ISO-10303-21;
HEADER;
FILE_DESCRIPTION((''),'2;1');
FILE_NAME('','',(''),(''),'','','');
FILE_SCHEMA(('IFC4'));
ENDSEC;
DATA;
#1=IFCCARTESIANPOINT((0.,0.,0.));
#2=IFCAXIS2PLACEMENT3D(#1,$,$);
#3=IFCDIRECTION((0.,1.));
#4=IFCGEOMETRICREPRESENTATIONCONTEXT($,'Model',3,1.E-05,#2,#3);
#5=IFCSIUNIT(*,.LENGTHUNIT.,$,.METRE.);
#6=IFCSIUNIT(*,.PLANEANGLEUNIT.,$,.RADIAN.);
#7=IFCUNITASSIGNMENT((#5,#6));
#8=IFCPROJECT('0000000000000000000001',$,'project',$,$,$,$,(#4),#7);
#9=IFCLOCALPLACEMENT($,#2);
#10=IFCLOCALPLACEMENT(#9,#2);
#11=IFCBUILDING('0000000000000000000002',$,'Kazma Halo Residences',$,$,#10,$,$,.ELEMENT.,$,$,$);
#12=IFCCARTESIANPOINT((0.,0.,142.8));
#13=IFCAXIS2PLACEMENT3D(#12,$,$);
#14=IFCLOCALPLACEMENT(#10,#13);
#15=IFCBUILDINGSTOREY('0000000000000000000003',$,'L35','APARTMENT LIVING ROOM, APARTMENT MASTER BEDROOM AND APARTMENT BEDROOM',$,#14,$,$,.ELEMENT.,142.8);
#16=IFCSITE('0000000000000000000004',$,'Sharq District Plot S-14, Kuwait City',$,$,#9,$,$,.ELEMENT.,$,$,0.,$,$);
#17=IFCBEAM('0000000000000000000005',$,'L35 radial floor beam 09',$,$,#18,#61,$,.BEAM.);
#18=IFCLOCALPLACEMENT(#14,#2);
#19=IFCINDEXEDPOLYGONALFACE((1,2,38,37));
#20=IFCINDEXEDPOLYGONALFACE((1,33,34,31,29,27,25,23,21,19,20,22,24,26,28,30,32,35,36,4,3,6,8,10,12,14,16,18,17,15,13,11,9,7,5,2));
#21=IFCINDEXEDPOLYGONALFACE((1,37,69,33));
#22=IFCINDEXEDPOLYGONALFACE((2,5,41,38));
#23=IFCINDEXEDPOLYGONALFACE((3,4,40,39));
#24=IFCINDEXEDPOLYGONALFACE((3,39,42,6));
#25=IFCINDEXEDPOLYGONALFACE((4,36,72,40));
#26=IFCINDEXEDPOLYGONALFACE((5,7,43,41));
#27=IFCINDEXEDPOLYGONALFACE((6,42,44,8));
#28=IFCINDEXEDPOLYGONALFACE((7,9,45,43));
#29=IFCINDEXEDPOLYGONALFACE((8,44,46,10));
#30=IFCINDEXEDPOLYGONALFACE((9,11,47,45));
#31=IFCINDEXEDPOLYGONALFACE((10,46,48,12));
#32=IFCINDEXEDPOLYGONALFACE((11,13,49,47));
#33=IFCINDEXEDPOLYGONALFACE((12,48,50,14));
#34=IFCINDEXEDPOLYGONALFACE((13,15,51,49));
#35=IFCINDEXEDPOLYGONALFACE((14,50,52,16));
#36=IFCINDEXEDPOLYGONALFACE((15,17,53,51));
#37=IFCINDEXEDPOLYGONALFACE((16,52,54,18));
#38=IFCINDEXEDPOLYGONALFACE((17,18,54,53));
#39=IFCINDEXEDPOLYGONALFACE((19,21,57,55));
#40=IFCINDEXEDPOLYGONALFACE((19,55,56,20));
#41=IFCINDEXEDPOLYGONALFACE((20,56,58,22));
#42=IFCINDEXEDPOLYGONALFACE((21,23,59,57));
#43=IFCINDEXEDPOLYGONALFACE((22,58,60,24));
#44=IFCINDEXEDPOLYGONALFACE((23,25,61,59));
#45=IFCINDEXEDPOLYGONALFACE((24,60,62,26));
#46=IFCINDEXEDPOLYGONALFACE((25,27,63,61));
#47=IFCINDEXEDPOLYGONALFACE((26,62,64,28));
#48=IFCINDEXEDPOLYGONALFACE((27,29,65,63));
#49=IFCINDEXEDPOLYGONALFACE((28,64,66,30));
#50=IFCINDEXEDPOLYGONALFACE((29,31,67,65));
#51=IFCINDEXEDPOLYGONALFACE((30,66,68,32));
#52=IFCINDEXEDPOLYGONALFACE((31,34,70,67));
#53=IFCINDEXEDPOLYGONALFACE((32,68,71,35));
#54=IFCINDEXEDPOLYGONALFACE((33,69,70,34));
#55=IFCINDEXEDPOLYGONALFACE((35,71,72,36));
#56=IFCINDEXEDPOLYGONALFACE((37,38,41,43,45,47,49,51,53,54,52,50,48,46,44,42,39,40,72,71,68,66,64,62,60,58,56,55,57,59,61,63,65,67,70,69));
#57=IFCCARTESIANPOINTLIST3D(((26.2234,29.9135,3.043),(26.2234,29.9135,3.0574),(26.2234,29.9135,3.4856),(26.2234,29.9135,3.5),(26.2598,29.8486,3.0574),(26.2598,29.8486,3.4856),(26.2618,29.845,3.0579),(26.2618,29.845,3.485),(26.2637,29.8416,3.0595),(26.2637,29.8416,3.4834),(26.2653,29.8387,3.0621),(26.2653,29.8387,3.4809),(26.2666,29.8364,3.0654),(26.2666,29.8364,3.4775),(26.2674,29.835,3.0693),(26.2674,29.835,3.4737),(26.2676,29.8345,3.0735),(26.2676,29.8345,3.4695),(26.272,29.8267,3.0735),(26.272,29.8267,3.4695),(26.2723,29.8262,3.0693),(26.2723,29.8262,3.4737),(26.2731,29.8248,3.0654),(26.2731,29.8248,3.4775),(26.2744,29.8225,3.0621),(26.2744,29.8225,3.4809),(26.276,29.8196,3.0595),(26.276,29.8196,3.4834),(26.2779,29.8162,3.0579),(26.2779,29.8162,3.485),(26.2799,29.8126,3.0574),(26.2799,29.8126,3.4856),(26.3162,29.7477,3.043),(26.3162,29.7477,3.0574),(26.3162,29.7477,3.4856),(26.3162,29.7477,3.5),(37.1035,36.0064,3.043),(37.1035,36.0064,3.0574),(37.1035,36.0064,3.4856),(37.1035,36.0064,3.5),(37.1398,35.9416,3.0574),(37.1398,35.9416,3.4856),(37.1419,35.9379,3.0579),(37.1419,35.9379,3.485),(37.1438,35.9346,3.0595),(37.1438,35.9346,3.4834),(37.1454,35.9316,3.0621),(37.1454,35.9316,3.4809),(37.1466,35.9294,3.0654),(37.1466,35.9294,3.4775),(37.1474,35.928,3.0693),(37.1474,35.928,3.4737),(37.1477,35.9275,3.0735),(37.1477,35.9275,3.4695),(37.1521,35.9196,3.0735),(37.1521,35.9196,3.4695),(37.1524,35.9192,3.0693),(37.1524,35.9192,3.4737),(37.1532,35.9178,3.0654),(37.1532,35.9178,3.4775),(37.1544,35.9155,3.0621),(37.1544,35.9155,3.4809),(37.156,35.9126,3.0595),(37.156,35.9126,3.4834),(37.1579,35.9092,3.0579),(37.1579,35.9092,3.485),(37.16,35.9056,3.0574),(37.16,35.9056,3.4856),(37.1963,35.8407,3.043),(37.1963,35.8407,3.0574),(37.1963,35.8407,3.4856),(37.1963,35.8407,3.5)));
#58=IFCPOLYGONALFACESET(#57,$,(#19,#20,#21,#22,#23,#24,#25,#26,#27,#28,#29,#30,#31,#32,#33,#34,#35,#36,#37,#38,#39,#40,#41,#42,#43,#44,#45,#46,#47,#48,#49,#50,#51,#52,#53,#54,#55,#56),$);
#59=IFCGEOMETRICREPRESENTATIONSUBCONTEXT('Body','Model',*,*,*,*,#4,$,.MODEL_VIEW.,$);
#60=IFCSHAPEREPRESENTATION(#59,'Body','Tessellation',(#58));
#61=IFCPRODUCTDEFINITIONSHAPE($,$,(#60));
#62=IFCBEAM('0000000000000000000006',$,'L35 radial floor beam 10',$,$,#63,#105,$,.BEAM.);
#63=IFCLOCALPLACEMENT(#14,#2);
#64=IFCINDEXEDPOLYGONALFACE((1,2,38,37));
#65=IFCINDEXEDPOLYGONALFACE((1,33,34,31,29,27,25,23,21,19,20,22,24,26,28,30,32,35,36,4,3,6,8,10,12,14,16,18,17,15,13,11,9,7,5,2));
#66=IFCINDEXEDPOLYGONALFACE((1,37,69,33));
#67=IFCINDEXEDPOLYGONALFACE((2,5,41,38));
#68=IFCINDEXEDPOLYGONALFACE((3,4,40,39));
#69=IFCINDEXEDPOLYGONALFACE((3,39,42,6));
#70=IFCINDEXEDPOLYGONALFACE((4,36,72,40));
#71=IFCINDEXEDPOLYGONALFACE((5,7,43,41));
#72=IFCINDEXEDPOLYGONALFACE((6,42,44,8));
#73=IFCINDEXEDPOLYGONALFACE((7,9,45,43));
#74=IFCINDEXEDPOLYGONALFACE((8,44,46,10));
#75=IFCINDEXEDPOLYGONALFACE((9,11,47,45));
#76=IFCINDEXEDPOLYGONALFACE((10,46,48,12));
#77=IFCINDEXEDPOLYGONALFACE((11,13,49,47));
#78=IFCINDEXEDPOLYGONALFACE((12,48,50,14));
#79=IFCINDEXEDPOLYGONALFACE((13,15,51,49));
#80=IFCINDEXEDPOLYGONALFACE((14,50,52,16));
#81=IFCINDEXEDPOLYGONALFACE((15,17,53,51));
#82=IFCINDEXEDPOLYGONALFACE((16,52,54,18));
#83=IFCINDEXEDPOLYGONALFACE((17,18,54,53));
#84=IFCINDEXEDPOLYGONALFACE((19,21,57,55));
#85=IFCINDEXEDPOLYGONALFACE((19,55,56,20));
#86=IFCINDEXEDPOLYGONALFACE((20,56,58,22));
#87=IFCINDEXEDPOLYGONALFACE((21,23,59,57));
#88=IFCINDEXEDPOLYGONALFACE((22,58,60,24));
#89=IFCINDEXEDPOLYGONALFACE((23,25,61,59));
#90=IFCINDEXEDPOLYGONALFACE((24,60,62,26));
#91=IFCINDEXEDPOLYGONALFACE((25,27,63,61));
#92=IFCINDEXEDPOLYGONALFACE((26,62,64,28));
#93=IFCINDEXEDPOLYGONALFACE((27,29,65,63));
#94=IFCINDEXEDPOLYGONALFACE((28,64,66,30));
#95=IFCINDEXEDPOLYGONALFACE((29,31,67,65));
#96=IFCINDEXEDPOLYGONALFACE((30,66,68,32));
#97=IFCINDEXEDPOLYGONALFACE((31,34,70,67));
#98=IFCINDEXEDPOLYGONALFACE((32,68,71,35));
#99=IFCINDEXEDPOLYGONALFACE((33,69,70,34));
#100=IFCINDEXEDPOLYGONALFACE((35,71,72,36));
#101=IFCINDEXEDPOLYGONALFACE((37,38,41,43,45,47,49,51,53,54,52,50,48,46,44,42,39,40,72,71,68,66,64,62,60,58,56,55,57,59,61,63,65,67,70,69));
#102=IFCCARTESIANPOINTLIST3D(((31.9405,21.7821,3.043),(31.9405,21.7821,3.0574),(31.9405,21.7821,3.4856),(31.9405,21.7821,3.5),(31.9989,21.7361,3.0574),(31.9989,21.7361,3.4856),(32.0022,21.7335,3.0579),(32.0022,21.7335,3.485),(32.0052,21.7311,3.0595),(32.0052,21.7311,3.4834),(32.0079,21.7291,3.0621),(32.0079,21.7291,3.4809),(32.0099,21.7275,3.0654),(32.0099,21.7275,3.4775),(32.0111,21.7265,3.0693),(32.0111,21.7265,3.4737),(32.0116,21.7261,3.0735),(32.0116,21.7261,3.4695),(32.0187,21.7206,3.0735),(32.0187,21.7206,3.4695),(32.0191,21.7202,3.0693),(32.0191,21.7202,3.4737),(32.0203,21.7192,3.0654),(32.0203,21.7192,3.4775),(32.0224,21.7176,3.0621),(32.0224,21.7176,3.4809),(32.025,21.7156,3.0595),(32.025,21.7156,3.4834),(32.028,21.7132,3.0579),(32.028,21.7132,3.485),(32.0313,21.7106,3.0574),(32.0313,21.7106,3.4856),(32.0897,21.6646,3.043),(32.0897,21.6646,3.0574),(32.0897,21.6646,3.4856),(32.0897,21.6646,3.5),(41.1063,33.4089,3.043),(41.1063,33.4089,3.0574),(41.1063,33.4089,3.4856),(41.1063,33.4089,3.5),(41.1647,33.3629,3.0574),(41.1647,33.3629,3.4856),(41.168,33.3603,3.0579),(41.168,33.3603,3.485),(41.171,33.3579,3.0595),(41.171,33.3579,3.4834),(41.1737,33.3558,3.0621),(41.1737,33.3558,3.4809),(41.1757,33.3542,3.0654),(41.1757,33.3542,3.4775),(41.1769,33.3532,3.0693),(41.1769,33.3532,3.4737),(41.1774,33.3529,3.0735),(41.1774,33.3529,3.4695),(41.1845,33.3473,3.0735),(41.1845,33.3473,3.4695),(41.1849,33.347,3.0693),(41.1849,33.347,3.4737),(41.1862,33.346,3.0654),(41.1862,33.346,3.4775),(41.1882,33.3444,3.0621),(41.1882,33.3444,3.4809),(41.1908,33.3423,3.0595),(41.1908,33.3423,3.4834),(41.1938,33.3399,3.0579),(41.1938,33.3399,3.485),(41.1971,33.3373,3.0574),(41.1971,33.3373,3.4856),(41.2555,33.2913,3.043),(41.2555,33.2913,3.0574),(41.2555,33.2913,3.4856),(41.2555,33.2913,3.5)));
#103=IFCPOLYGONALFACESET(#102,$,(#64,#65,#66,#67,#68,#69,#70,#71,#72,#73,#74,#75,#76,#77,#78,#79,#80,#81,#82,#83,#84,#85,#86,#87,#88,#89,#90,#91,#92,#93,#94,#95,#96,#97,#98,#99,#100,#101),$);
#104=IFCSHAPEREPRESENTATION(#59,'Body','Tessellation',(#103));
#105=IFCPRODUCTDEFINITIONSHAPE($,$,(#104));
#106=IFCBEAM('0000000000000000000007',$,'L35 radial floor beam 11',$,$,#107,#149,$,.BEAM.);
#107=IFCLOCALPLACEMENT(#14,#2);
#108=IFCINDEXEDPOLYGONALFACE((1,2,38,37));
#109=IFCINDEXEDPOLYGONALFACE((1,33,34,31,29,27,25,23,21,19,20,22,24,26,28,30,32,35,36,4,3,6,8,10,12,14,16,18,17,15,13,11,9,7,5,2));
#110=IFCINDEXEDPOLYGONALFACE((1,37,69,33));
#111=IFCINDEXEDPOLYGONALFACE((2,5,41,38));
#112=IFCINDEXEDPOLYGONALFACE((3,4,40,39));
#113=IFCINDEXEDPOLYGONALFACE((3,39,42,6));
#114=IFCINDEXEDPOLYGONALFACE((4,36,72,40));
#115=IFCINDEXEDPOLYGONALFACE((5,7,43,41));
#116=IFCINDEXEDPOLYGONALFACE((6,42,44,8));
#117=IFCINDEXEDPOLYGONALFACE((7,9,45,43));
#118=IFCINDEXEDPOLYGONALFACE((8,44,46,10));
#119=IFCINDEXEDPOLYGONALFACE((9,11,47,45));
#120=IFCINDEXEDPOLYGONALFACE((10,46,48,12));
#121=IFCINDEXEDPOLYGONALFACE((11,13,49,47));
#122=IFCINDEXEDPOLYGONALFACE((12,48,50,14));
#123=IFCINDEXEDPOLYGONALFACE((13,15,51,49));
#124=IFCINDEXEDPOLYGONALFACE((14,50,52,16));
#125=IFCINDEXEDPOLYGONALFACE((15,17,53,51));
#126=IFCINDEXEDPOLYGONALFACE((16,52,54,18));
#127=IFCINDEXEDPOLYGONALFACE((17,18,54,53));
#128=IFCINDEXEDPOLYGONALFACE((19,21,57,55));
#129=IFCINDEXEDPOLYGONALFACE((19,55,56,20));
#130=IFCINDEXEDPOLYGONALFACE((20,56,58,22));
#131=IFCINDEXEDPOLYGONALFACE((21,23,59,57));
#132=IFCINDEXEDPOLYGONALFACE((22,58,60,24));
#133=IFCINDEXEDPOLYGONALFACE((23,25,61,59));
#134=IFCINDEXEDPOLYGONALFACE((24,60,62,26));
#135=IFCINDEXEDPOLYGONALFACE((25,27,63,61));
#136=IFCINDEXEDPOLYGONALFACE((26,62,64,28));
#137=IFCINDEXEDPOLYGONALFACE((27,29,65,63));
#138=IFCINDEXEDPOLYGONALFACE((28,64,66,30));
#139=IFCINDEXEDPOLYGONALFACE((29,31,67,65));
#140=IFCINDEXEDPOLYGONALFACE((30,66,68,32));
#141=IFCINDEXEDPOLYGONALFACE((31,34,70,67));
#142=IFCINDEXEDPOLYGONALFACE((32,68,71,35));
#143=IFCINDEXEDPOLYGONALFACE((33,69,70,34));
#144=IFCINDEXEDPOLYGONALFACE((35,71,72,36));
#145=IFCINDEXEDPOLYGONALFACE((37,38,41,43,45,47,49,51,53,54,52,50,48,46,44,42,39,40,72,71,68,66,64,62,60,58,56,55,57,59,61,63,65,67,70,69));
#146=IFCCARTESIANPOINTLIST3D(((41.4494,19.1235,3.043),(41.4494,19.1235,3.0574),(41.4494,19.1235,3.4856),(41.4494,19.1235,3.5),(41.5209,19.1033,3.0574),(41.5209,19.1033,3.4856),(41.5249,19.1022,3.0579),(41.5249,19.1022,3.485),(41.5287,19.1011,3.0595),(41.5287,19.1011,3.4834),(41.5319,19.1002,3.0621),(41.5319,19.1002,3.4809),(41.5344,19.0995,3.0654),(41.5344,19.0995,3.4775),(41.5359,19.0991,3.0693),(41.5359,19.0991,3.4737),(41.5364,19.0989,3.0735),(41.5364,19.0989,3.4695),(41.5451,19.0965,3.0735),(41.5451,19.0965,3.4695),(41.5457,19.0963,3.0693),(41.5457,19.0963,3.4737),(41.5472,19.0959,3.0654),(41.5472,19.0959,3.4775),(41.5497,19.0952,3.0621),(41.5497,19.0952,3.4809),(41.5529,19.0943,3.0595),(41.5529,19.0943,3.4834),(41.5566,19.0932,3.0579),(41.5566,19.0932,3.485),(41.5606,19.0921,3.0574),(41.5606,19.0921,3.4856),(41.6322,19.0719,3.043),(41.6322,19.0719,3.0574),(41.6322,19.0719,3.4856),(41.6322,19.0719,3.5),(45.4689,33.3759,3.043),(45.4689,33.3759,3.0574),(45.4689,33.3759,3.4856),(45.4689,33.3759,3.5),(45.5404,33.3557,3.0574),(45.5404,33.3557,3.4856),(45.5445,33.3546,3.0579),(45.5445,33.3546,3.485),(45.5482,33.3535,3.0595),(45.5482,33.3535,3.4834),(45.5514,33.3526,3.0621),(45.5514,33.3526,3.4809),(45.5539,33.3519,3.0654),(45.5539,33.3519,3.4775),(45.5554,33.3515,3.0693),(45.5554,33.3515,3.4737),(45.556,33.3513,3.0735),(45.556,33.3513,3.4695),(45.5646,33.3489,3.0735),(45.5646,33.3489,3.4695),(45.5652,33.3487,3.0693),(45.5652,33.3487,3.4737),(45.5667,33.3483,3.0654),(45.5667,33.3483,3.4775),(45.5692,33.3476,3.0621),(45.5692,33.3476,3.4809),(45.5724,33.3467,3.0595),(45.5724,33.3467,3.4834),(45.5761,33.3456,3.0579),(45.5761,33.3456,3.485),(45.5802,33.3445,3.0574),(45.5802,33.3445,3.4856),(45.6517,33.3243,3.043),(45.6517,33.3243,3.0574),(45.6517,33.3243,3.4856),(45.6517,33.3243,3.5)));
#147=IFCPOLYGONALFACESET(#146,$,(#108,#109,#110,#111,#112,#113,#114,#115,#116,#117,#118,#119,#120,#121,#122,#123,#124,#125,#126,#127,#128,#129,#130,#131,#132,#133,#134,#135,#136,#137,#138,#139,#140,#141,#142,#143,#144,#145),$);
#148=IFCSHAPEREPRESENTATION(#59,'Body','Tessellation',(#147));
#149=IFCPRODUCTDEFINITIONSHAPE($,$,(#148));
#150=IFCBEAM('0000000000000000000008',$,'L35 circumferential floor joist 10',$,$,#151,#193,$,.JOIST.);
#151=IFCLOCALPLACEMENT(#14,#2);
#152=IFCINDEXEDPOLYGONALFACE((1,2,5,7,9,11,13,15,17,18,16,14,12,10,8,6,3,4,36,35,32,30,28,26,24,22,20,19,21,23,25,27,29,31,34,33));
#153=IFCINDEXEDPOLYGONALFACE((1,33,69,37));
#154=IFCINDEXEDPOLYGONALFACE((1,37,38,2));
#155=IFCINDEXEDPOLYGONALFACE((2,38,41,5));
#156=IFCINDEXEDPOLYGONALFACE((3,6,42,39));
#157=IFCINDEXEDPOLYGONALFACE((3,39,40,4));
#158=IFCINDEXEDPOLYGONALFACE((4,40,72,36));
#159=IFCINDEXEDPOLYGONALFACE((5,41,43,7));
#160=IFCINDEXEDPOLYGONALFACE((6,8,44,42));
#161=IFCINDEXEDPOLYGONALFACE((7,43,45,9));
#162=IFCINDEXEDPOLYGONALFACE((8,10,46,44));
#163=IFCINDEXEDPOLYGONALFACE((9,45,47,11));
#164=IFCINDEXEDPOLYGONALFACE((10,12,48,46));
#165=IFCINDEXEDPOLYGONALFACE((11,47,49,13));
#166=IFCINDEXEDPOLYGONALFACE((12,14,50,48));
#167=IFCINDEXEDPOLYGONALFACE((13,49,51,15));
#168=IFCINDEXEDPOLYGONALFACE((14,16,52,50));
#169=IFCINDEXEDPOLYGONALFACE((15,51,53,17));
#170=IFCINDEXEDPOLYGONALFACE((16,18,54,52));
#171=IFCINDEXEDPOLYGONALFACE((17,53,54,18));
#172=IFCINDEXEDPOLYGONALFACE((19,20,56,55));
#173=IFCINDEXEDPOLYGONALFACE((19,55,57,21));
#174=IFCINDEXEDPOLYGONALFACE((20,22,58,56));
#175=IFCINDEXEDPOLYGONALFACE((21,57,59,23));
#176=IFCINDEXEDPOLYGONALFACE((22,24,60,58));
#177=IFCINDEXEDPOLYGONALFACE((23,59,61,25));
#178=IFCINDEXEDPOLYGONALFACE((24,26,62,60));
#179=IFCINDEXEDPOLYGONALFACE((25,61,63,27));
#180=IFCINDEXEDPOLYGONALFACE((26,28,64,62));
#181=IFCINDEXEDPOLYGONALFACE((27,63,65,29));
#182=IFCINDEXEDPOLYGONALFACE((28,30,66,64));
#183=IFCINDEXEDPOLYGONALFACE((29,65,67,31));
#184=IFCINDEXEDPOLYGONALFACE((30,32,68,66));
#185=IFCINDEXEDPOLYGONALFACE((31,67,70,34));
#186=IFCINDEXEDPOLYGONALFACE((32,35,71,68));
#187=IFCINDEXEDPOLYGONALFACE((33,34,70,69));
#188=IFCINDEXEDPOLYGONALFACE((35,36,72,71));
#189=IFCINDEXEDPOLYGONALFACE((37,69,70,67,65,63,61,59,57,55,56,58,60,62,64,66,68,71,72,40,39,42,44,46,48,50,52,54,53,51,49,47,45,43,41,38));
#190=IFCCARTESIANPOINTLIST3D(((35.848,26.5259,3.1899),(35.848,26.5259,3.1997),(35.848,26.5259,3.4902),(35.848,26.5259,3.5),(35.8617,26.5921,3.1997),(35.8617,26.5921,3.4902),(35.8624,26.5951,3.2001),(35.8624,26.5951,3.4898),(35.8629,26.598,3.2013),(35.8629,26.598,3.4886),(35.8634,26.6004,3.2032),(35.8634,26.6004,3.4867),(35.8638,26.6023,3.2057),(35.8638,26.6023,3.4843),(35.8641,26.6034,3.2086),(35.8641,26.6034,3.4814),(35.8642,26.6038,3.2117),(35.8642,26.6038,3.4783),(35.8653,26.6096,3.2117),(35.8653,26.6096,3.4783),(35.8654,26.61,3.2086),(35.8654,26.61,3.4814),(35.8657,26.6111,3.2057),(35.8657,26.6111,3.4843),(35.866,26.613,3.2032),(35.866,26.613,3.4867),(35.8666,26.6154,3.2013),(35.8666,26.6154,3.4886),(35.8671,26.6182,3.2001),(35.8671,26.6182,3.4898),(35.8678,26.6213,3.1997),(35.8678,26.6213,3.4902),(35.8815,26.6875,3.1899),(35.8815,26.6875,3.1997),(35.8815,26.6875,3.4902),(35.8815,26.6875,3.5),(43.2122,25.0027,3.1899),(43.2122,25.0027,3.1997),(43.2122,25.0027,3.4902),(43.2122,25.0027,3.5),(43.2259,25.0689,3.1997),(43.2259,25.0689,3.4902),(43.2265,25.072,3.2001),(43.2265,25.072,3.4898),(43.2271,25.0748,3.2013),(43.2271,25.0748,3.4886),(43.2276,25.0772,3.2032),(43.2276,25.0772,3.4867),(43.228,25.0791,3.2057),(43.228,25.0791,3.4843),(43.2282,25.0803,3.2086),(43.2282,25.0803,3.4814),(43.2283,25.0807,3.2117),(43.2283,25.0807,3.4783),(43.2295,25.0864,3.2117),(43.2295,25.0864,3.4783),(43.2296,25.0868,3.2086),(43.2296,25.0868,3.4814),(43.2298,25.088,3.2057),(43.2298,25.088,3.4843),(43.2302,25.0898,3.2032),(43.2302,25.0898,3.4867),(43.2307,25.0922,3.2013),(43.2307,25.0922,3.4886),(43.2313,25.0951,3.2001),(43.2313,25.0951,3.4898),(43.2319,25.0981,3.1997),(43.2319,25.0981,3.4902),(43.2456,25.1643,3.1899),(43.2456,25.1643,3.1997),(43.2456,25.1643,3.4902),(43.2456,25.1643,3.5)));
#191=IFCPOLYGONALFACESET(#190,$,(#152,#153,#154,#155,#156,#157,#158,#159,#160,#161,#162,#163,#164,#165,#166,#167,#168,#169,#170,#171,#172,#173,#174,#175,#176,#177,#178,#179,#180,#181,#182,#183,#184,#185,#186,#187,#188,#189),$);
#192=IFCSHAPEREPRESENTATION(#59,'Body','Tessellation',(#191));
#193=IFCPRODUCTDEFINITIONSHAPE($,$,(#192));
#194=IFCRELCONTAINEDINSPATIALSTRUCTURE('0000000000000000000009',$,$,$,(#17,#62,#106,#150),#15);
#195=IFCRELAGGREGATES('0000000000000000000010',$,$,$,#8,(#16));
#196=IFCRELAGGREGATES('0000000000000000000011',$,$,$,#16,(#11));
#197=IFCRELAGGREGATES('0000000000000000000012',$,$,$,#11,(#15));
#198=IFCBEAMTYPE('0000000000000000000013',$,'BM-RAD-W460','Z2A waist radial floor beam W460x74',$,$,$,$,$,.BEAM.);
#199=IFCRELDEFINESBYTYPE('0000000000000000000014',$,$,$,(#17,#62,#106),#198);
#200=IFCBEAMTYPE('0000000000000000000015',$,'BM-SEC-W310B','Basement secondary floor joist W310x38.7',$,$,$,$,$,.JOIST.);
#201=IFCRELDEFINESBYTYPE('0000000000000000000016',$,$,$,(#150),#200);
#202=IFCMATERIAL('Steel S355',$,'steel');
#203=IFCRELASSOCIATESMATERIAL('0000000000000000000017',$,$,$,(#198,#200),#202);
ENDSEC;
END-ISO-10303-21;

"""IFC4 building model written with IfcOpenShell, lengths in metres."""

from ifc_helpers import new_model, si_unit, direction, frame, origin, origin_2d, place, context, subcontext, project, spatial, i_section, extrude, material, material_profile, profile_set, type_object, element, save


model = new_model("IFC4")

# Units and contexts
model_context = context("Model", 3, precision=1e-05, world=origin(), true_north=direction((0.0, 1.0)))
body_context = subcontext(model_context, "Body", "Model", "MODEL_VIEW")
ifc_project = project(units=[si_unit("LENGTHUNIT", "METRE"), si_unit("PLANEANGLEUNIT", "RADIAN")], contexts=[model_context])

# Site, building, storey
site_placement = place(None, origin())
site = spatial("IfcSite", under=ifc_project, at=site_placement, Name="Sharq District Plot S-14, Kuwait City", CompositionType="ELEMENT", RefElevation=0.0)
building_placement = place(site_placement, origin())
building = spatial("IfcBuilding", under=site, at=building_placement, Name="Kazma Halo Residences", CompositionType="ELEMENT")
storey_placement = place(building_placement, frame((0.0, 0.0, 142.8)))
storey = spatial("IfcBuildingStorey", under=building, at=storey_placement, Name="L35", Description="APARTMENT LIVING ROOM, APARTMENT MASTER BEDROOM AND APARTMENT BEDROOM", CompositionType="ELEMENT", Elevation=142.8)

# Beams
ifc_material_1 = material(Name="Steel S355", Category="steel")
ifc_material_profile_1 = material_profile(ifc_material_1, i_section(OverallWidth=0.1899, OverallDepth=0.457, WebThickness=0.009, FlangeThickness=0.0144, FilletRadius=0.0161, at=origin_2d()), Name="W460x74")
ifc_profile_set_1 = profile_set([ifc_material_profile_1], Name="Steel S355")
beam_type_1 = type_object("IfcBeamType", Name="BM-RAD-W460", Description="Z2A waist radial floor beam W460x74", PredefinedType="BEAM", material=ifc_profile_set_1)
beam_1_placement = place(storey_placement, frame((37.1499, 35.9236, 3.2715), z_axis=(-0.872501, -0.488612, 0.0), x_axis=(0.488612, -0.872501, 0.0)))
element("IfcBeam", 1, at=beam_1_placement, inside=storey, type_object=beam_type_1, Name="L35 radial floor beam 09", PredefinedType="BEAM", context=body_context, shape_type="SweptSolid", body=[
    extrude(i_section(OverallWidth=0.1899, OverallDepth=0.457, WebThickness=0.009, FlangeThickness=0.0144, FilletRadius=0.0161, at=origin_2d()), origin(), (0.0, 0.0, 1.0), 12.47),
])
beam_2_placement = place(storey_placement, frame((41.1809, 33.3501, 3.2715), z_axis=(-0.619094, -0.785316, 0.0), x_axis=(0.785316, -0.619094, 0.0)))
element("IfcBeam", 2, at=beam_2_placement, inside=storey, type_object=beam_type_1, Name="L35 radial floor beam 10", PredefinedType="BEAM", context=body_context, shape_type="SweptSolid", body=[
    extrude(i_section(OverallWidth=0.1899, OverallDepth=0.457, WebThickness=0.009, FlangeThickness=0.0144, FilletRadius=0.0161, at=origin_2d()), origin(), (0.0, 0.0, 1.0), 14.8052),
])
beam_3_placement = place(storey_placement, frame((45.5603, 33.3501, 3.2715), z_axis=(-0.271436, -0.962457, 0.0), x_axis=(0.962457, -0.271436, 0.0)))
element("IfcBeam", 3, at=beam_3_placement, inside=storey, type_object=beam_type_1, Name="L35 radial floor beam 11", PredefinedType="BEAM", context=body_context, shape_type="SweptSolid", body=[
    extrude(i_section(OverallWidth=0.1899, OverallDepth=0.457, WebThickness=0.009, FlangeThickness=0.0144, FilletRadius=0.0161, at=origin_2d()), origin(), (0.0, 0.0, 1.0), 14.8083),
])
ifc_material_profile_2 = material_profile(ifc_material_1, i_section(OverallWidth=0.165, OverallDepth=0.3101, WebThickness=0.0059, FlangeThickness=0.0098, FilletRadius=0.012, at=origin_2d()), Name="W310x38.7")
ifc_profile_set_2 = profile_set([ifc_material_profile_2], Name="Steel S355")
beam_type_2 = type_object("IfcBeamType", Name="BM-SEC-W310B", Description="Basement secondary floor joist W310x38.7", PredefinedType="JOIST", material=ifc_profile_set_2)
beam_4_placement = place(storey_placement, frame((35.8647, 26.6067, 3.345), z_axis=(0.979272, -0.202549, 0.0), x_axis=(0.202549, 0.979272, 0.0)))
element("IfcBeam", 4, at=beam_4_placement, inside=storey, type_object=beam_type_2, Name="L35 circumferential floor joist 10", PredefinedType="JOIST", context=body_context, shape_type="SweptSolid", body=[
    extrude(i_section(OverallWidth=0.165, OverallDepth=0.3101, WebThickness=0.0059, FlangeThickness=0.0098, FilletRadius=0.012, at=origin_2d()), origin(), (0.0, 0.0, 1.0), 7.52),
])

save(model, "model.ifc")
